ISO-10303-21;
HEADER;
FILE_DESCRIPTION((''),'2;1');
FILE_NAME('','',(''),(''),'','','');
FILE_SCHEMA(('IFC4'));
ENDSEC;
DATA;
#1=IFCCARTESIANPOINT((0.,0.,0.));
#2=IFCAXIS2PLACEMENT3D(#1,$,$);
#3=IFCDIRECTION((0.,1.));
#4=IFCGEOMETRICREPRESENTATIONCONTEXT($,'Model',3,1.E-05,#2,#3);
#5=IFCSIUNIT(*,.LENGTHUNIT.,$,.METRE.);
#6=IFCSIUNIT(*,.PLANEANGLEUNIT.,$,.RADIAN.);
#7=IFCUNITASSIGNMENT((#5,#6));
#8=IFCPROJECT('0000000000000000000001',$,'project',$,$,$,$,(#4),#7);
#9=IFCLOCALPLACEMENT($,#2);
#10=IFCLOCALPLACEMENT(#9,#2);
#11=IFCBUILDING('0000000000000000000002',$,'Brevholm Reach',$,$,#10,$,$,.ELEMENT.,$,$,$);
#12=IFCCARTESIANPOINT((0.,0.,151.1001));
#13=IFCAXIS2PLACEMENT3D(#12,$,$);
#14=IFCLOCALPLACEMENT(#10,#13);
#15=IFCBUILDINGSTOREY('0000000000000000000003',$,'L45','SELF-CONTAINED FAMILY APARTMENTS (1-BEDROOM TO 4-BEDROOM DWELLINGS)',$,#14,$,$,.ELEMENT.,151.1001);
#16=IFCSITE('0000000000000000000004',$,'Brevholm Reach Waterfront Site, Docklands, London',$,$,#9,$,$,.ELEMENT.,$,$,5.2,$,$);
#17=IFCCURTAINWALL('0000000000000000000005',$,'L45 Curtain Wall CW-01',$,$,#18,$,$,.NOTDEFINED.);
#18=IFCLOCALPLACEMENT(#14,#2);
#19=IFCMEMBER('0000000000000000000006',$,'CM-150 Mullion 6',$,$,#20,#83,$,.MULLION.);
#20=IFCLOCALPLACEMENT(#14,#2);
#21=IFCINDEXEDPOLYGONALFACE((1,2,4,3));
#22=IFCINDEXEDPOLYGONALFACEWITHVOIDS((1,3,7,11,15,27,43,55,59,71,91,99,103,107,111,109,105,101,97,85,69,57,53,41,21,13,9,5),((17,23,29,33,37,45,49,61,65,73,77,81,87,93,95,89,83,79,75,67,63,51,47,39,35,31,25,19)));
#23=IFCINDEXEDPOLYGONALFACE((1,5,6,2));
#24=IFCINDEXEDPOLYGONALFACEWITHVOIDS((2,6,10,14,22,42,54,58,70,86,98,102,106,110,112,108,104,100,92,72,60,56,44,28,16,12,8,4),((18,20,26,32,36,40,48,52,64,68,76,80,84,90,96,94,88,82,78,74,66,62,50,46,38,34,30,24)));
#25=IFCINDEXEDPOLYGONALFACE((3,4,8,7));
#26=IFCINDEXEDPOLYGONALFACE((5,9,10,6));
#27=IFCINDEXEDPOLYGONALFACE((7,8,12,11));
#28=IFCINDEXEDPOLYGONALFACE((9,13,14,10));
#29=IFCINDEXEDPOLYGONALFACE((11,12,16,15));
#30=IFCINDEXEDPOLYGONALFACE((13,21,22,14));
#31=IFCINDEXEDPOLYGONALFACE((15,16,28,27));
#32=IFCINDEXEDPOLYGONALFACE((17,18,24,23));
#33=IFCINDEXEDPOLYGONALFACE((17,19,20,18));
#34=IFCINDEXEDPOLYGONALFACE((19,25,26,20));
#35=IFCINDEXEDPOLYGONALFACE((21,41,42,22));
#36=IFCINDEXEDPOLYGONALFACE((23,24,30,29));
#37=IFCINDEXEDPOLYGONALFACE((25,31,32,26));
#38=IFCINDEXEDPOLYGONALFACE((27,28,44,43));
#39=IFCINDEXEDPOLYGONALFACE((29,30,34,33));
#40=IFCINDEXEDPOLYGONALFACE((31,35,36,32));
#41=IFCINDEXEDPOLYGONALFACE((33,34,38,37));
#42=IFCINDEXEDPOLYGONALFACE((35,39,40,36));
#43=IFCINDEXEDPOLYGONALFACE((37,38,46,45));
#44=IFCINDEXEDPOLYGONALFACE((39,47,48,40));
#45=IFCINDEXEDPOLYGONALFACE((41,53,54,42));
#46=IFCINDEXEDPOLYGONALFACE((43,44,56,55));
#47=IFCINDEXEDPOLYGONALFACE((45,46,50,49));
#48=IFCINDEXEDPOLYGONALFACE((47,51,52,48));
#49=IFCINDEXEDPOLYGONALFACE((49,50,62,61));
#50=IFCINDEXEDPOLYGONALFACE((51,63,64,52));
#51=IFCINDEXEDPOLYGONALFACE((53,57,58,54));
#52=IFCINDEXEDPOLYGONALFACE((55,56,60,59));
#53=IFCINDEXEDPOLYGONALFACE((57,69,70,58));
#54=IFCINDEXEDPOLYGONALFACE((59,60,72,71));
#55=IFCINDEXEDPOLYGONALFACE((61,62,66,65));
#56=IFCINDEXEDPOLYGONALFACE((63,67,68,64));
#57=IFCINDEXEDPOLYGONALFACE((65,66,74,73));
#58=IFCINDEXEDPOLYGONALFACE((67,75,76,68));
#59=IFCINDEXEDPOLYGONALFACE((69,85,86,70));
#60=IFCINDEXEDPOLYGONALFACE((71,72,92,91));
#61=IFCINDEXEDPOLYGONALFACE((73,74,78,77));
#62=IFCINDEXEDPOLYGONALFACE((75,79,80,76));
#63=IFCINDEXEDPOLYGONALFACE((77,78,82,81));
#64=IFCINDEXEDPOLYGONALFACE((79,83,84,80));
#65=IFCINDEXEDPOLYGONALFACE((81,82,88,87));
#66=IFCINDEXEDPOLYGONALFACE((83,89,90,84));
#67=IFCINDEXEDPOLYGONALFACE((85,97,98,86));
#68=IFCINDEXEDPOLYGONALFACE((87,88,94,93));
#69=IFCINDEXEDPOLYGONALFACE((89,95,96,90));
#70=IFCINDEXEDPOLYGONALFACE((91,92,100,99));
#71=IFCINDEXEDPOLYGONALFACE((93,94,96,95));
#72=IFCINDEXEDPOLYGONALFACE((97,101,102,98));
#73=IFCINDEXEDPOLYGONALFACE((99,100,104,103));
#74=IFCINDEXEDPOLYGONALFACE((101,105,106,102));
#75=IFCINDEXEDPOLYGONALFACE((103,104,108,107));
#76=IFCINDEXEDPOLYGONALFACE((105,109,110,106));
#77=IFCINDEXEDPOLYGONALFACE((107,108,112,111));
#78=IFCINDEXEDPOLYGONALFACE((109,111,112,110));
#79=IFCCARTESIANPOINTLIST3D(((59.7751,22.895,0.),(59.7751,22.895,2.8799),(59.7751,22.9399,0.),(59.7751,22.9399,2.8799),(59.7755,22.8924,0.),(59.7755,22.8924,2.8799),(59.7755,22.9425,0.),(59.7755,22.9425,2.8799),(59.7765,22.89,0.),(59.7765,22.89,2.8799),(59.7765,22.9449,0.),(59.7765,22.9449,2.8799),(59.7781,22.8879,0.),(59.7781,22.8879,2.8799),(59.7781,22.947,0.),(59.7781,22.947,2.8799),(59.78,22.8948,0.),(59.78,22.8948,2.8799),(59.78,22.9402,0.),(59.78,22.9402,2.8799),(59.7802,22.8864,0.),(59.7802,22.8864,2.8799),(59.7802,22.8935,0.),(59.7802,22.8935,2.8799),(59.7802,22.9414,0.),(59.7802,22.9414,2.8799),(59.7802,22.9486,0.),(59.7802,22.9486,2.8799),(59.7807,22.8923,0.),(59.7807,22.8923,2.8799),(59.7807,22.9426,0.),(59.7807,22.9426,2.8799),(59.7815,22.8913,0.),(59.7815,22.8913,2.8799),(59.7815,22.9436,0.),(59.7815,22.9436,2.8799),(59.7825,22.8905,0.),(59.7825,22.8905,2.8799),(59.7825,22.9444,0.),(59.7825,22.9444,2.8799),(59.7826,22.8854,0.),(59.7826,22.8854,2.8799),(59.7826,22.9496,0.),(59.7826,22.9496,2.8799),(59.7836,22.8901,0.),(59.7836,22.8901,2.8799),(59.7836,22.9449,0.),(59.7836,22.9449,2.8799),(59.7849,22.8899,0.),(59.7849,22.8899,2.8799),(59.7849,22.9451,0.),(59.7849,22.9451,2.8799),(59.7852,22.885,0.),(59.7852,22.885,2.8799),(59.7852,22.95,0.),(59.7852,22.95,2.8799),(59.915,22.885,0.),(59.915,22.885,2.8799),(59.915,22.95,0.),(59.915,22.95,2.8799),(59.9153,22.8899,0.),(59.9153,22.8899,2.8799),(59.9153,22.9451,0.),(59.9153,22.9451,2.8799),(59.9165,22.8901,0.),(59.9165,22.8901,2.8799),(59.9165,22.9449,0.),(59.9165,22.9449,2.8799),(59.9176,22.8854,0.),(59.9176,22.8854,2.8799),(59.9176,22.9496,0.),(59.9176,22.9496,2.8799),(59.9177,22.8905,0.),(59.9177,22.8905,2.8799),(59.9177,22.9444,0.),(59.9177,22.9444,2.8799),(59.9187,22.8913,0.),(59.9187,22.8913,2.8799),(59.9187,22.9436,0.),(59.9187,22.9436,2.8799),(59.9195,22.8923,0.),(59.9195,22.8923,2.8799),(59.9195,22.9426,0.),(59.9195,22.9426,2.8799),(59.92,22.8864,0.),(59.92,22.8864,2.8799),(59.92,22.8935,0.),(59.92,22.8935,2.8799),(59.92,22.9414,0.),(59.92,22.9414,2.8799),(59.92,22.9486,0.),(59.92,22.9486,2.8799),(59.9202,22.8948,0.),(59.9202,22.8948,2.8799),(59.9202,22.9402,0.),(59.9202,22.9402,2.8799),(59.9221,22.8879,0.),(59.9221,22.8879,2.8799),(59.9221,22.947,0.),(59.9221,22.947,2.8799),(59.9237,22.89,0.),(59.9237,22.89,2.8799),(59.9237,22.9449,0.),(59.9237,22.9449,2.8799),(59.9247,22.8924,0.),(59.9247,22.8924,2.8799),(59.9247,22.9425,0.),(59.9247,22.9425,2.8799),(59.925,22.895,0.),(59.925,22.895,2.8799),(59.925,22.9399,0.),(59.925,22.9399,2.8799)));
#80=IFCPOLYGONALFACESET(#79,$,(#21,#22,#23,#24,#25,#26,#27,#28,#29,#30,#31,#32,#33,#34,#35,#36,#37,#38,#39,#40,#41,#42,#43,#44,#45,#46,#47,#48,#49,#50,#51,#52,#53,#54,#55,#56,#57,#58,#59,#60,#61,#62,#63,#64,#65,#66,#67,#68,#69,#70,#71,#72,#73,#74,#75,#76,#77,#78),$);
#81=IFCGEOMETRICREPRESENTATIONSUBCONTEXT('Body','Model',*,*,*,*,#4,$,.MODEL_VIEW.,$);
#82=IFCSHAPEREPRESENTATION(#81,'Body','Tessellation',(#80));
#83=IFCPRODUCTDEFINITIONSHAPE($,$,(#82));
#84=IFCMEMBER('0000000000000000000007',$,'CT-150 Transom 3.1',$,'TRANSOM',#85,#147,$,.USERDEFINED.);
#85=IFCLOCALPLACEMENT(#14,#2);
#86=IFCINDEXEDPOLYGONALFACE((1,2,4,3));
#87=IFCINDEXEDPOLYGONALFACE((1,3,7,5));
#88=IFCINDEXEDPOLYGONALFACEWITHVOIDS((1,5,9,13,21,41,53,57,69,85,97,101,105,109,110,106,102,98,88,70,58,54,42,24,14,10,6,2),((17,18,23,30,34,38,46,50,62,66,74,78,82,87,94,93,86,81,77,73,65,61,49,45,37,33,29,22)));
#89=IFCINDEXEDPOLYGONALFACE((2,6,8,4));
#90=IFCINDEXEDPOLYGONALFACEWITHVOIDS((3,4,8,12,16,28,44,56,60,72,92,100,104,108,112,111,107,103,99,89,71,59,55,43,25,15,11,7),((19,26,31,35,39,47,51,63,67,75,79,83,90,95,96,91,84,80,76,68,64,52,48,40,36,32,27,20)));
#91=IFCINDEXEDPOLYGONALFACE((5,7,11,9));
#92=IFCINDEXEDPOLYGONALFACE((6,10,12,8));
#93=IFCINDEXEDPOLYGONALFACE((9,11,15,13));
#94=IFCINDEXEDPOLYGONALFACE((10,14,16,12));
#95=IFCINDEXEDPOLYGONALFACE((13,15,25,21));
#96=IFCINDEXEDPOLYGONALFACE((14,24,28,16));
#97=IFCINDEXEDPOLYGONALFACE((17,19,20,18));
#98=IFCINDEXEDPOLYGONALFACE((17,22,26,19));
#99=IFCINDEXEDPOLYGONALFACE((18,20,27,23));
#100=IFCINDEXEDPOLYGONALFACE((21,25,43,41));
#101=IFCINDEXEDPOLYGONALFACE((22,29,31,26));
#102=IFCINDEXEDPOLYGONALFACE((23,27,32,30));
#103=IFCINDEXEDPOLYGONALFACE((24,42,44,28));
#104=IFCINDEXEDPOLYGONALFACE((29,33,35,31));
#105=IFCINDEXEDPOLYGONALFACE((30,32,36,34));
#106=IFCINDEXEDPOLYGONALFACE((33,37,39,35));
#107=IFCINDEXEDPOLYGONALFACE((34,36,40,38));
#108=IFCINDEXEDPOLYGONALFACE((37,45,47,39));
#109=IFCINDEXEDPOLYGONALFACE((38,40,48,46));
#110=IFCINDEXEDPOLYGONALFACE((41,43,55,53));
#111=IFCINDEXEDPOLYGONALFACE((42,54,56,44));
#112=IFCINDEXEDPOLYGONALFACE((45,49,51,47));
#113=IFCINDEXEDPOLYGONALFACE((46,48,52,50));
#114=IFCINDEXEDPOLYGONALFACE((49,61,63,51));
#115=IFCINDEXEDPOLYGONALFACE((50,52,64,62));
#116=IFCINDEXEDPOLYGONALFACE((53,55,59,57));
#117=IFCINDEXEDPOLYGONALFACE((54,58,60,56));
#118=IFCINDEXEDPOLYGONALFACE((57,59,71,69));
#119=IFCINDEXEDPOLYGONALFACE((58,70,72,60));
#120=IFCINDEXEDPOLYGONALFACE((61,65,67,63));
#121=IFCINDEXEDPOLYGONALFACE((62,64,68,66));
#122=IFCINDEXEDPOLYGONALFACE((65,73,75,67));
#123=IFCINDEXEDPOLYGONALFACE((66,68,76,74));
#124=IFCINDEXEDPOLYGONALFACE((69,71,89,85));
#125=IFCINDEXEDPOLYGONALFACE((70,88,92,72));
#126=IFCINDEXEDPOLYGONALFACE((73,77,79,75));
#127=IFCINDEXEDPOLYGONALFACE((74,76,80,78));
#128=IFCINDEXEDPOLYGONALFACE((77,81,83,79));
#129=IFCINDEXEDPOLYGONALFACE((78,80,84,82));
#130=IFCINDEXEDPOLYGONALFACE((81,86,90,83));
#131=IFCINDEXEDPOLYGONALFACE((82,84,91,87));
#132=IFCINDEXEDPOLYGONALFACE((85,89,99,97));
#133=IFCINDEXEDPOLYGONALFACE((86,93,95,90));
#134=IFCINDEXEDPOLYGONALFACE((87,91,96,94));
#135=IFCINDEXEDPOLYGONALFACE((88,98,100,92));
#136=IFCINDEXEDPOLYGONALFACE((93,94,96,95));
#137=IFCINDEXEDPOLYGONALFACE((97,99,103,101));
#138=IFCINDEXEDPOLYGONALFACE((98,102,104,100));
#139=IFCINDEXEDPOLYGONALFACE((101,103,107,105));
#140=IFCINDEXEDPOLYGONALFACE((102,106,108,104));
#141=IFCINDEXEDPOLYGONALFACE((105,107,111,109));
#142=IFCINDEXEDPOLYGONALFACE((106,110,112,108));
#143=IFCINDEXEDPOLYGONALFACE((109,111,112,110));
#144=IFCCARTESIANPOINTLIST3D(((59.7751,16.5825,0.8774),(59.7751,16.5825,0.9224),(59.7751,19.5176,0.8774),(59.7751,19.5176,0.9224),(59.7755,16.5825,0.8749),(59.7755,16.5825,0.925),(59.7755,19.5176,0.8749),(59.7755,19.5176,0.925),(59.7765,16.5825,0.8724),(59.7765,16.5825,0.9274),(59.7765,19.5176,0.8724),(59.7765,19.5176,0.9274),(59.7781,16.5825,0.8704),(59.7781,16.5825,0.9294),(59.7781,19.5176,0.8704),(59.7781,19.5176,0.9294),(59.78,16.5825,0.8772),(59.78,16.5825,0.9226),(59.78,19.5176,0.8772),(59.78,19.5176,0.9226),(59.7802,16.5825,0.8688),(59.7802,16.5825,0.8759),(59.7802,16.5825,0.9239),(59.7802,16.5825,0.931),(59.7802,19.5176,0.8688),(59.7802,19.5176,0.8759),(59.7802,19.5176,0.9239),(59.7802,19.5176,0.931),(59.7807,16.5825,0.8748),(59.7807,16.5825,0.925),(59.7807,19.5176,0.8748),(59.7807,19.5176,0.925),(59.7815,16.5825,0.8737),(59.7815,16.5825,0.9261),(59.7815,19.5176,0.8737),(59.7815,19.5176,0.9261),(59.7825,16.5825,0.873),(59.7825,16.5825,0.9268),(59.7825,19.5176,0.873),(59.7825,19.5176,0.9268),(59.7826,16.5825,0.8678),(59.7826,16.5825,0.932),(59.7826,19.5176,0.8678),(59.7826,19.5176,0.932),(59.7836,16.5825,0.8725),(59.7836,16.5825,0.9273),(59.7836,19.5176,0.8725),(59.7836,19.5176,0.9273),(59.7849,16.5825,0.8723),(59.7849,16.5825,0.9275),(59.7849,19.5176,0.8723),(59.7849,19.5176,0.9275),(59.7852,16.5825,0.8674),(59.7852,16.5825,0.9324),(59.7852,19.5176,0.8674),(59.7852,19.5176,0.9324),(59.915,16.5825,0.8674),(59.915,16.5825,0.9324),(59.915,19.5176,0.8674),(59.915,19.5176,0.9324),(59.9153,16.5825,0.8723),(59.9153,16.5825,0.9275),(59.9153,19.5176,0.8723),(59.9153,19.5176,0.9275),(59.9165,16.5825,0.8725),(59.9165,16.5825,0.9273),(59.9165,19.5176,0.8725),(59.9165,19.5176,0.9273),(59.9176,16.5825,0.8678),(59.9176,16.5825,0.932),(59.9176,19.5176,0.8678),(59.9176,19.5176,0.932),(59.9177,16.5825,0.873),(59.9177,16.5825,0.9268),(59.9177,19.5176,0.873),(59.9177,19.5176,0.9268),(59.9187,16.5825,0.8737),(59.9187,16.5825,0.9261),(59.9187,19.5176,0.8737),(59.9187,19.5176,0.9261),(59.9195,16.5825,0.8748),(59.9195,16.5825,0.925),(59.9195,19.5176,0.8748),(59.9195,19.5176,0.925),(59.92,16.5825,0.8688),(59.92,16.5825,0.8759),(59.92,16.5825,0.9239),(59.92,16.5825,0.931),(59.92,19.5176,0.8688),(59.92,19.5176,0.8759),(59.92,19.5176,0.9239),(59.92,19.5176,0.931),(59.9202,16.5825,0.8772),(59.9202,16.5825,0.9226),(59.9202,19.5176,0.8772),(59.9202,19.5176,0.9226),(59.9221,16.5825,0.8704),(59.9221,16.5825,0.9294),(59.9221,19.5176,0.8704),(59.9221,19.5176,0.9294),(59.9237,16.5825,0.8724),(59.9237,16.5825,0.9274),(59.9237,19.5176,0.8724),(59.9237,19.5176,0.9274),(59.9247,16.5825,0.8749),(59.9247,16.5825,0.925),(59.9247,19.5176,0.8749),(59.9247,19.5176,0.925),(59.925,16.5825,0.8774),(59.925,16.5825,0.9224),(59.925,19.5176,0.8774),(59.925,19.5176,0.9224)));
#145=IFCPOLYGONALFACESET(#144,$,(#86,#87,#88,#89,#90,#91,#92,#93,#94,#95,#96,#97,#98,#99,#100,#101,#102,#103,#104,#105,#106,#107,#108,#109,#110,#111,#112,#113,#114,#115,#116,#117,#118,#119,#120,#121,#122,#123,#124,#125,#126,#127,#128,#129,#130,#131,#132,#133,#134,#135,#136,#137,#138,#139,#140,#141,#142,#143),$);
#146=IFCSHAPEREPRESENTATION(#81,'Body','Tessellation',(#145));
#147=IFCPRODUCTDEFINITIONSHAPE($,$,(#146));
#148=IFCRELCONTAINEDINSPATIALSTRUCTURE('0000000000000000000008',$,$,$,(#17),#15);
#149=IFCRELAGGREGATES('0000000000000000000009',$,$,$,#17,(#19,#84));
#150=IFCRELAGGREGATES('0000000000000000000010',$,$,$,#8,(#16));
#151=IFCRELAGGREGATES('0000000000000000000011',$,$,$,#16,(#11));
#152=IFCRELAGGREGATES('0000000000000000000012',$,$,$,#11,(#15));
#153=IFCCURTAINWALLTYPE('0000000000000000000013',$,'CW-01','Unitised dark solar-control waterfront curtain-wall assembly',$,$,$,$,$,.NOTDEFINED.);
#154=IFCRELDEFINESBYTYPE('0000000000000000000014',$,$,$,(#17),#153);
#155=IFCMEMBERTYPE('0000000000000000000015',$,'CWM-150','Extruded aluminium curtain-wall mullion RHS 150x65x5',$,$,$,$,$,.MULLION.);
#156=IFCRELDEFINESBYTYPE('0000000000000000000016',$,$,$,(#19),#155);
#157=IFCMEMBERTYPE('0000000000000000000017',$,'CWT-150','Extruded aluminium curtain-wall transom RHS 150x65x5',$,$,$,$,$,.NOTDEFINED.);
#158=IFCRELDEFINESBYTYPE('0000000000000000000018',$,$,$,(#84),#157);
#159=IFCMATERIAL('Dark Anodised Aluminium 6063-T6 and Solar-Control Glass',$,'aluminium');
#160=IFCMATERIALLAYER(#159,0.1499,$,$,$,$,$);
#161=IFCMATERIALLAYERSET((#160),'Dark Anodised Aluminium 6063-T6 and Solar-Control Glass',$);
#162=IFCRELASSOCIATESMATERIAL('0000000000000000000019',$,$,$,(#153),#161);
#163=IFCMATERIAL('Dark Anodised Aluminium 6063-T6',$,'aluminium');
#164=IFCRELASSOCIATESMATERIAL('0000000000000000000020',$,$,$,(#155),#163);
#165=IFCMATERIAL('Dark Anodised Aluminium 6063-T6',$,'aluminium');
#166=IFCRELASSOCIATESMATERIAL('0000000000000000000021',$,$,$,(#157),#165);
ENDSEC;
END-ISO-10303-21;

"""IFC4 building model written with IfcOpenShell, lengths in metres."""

from ifc_helpers import new_model, si_unit, direction, frame, origin, origin_2d, place, context, subcontext, project, spatial, hollow_rectangle, extrude, material, layer, layer_set, material_profile, profile_set, type_object, element, aggregate, save


model = new_model("IFC4")

# Units and contexts
model_context = context("Model", 3, precision=1e-05, world=origin(), true_north=direction((0.0, 1.0)))
body_context = subcontext(model_context, "Body", "Model", "MODEL_VIEW")
ifc_project = project(units=[si_unit("LENGTHUNIT", "METRE"), si_unit("PLANEANGLEUNIT", "RADIAN")], contexts=[model_context])

# Site, building, storey
site_placement = place(None, origin())
site = spatial("IfcSite", under=ifc_project, at=site_placement, Name="Brevholm Reach Waterfront Site, Docklands, London", CompositionType="ELEMENT", RefElevation=5.2)
building_placement = place(site_placement, origin())
building = spatial("IfcBuilding", under=site, at=building_placement, Name="Brevholm Reach", CompositionType="ELEMENT")
storey_placement = place(building_placement, frame((0.0, 0.0, 151.1001)))
storey = spatial("IfcBuildingStorey", under=building, at=storey_placement, Name="L45", Description="SELF-CONTAINED FAMILY APARTMENTS (1-BEDROOM TO 4-BEDROOM DWELLINGS)", CompositionType="ELEMENT", Elevation=151.1001)

# Curtain wall, members
ifc_material_1 = material(Name="Dark Anodised Aluminium 6063-T6 and Solar-Control Glass", Category="aluminium")
ifc_layer_1 = layer(ifc_material_1, 0.1499)
ifc_layer_set_1 = layer_set([ifc_layer_1], Name="Dark Anodised Aluminium 6063-T6 and Solar-Control Glass")
curtain_wall_type = type_object("IfcCurtainWallType", Name="CW-01", Description="Unitised dark solar-control waterfront curtain-wall assembly", PredefinedType="NOTDEFINED", material=ifc_layer_set_1)
curtain_wall_placement = place(storey_placement, origin())
curtain_wall = element("IfcCurtainWall", 1, at=curtain_wall_placement, inside=storey, type_object=curtain_wall_type, Name="L45 Curtain Wall CW-01", PredefinedType="NOTDEFINED")
ifc_material_2 = material(Name="Dark Anodised Aluminium 6063-T6", Category="aluminium")
ifc_material_profile_1 = material_profile(ifc_material_2, hollow_rectangle(XDim=0.0649, YDim=0.1499, WallThickness=0.0049, InnerFilletRadius=0.0049, OuterFilletRadius=0.01, at=origin_2d()), Name="RHS 150x65x5")
ifc_profile_set_1 = profile_set([ifc_material_profile_1], Name="Dark Anodised Aluminium 6063-T6")
member_type_1 = type_object("IfcMemberType", Name="CWM-150", Description="Extruded aluminium curtain-wall mullion RHS 150x65x5", PredefinedType="MULLION", material=ifc_profile_set_1)
member_1_placement = place(storey_placement, frame((59.8501, 22.9175, 0.0), z_axis=(0.0, 0.0, 1.0), x_axis=(0.0, 1.0, 0.0)))
member_1 = element("IfcMember", 2, at=member_1_placement, type_object=member_type_1, Name="CM-150 Mullion 6", PredefinedType="MULLION", context=body_context, shape_type="SweptSolid", body=[
    extrude(hollow_rectangle(XDim=0.0649, YDim=0.1499, WallThickness=0.0049, InnerFilletRadius=0.0049, OuterFilletRadius=0.01, at=origin_2d()), origin(), (0.0, 0.0, 1.0), 2.8799),
])
ifc_material_3 = material(Name="Dark Anodised Aluminium 6063-T6", Category="aluminium")
ifc_material_profile_2 = material_profile(ifc_material_3, hollow_rectangle(XDim=0.0649, YDim=0.1499, WallThickness=0.0049, InnerFilletRadius=0.0049, OuterFilletRadius=0.01, at=origin_2d()), Name="RHS 150x65x5")
ifc_profile_set_2 = profile_set([ifc_material_profile_2], Name="Dark Anodised Aluminium 6063-T6")
member_type_2 = type_object("IfcMemberType", Name="CWT-150", Description="Extruded aluminium curtain-wall transom RHS 150x65x5", PredefinedType="NOTDEFINED", material=ifc_profile_set_2)
member_2_placement = place(storey_placement, frame((59.8501, 16.5825, 0.8999), z_axis=(0.0, 1.0, 0.0), x_axis=(0.0, 0.0, 1.0)))
member_2 = element("IfcMember", 3, at=member_2_placement, type_object=member_type_2, Name="CT-150 Transom 3.1", ObjectType="TRANSOM", PredefinedType="USERDEFINED", context=body_context, shape_type="SweptSolid", body=[
    extrude(hollow_rectangle(XDim=0.0649, YDim=0.1499, WallThickness=0.0049, InnerFilletRadius=0.0049, OuterFilletRadius=0.01, at=origin_2d()), origin(), (0.0, 0.0, 1.0), 2.9351),
])
aggregate(curtain_wall, [member_1, member_2])

save(model, "model.ifc")
